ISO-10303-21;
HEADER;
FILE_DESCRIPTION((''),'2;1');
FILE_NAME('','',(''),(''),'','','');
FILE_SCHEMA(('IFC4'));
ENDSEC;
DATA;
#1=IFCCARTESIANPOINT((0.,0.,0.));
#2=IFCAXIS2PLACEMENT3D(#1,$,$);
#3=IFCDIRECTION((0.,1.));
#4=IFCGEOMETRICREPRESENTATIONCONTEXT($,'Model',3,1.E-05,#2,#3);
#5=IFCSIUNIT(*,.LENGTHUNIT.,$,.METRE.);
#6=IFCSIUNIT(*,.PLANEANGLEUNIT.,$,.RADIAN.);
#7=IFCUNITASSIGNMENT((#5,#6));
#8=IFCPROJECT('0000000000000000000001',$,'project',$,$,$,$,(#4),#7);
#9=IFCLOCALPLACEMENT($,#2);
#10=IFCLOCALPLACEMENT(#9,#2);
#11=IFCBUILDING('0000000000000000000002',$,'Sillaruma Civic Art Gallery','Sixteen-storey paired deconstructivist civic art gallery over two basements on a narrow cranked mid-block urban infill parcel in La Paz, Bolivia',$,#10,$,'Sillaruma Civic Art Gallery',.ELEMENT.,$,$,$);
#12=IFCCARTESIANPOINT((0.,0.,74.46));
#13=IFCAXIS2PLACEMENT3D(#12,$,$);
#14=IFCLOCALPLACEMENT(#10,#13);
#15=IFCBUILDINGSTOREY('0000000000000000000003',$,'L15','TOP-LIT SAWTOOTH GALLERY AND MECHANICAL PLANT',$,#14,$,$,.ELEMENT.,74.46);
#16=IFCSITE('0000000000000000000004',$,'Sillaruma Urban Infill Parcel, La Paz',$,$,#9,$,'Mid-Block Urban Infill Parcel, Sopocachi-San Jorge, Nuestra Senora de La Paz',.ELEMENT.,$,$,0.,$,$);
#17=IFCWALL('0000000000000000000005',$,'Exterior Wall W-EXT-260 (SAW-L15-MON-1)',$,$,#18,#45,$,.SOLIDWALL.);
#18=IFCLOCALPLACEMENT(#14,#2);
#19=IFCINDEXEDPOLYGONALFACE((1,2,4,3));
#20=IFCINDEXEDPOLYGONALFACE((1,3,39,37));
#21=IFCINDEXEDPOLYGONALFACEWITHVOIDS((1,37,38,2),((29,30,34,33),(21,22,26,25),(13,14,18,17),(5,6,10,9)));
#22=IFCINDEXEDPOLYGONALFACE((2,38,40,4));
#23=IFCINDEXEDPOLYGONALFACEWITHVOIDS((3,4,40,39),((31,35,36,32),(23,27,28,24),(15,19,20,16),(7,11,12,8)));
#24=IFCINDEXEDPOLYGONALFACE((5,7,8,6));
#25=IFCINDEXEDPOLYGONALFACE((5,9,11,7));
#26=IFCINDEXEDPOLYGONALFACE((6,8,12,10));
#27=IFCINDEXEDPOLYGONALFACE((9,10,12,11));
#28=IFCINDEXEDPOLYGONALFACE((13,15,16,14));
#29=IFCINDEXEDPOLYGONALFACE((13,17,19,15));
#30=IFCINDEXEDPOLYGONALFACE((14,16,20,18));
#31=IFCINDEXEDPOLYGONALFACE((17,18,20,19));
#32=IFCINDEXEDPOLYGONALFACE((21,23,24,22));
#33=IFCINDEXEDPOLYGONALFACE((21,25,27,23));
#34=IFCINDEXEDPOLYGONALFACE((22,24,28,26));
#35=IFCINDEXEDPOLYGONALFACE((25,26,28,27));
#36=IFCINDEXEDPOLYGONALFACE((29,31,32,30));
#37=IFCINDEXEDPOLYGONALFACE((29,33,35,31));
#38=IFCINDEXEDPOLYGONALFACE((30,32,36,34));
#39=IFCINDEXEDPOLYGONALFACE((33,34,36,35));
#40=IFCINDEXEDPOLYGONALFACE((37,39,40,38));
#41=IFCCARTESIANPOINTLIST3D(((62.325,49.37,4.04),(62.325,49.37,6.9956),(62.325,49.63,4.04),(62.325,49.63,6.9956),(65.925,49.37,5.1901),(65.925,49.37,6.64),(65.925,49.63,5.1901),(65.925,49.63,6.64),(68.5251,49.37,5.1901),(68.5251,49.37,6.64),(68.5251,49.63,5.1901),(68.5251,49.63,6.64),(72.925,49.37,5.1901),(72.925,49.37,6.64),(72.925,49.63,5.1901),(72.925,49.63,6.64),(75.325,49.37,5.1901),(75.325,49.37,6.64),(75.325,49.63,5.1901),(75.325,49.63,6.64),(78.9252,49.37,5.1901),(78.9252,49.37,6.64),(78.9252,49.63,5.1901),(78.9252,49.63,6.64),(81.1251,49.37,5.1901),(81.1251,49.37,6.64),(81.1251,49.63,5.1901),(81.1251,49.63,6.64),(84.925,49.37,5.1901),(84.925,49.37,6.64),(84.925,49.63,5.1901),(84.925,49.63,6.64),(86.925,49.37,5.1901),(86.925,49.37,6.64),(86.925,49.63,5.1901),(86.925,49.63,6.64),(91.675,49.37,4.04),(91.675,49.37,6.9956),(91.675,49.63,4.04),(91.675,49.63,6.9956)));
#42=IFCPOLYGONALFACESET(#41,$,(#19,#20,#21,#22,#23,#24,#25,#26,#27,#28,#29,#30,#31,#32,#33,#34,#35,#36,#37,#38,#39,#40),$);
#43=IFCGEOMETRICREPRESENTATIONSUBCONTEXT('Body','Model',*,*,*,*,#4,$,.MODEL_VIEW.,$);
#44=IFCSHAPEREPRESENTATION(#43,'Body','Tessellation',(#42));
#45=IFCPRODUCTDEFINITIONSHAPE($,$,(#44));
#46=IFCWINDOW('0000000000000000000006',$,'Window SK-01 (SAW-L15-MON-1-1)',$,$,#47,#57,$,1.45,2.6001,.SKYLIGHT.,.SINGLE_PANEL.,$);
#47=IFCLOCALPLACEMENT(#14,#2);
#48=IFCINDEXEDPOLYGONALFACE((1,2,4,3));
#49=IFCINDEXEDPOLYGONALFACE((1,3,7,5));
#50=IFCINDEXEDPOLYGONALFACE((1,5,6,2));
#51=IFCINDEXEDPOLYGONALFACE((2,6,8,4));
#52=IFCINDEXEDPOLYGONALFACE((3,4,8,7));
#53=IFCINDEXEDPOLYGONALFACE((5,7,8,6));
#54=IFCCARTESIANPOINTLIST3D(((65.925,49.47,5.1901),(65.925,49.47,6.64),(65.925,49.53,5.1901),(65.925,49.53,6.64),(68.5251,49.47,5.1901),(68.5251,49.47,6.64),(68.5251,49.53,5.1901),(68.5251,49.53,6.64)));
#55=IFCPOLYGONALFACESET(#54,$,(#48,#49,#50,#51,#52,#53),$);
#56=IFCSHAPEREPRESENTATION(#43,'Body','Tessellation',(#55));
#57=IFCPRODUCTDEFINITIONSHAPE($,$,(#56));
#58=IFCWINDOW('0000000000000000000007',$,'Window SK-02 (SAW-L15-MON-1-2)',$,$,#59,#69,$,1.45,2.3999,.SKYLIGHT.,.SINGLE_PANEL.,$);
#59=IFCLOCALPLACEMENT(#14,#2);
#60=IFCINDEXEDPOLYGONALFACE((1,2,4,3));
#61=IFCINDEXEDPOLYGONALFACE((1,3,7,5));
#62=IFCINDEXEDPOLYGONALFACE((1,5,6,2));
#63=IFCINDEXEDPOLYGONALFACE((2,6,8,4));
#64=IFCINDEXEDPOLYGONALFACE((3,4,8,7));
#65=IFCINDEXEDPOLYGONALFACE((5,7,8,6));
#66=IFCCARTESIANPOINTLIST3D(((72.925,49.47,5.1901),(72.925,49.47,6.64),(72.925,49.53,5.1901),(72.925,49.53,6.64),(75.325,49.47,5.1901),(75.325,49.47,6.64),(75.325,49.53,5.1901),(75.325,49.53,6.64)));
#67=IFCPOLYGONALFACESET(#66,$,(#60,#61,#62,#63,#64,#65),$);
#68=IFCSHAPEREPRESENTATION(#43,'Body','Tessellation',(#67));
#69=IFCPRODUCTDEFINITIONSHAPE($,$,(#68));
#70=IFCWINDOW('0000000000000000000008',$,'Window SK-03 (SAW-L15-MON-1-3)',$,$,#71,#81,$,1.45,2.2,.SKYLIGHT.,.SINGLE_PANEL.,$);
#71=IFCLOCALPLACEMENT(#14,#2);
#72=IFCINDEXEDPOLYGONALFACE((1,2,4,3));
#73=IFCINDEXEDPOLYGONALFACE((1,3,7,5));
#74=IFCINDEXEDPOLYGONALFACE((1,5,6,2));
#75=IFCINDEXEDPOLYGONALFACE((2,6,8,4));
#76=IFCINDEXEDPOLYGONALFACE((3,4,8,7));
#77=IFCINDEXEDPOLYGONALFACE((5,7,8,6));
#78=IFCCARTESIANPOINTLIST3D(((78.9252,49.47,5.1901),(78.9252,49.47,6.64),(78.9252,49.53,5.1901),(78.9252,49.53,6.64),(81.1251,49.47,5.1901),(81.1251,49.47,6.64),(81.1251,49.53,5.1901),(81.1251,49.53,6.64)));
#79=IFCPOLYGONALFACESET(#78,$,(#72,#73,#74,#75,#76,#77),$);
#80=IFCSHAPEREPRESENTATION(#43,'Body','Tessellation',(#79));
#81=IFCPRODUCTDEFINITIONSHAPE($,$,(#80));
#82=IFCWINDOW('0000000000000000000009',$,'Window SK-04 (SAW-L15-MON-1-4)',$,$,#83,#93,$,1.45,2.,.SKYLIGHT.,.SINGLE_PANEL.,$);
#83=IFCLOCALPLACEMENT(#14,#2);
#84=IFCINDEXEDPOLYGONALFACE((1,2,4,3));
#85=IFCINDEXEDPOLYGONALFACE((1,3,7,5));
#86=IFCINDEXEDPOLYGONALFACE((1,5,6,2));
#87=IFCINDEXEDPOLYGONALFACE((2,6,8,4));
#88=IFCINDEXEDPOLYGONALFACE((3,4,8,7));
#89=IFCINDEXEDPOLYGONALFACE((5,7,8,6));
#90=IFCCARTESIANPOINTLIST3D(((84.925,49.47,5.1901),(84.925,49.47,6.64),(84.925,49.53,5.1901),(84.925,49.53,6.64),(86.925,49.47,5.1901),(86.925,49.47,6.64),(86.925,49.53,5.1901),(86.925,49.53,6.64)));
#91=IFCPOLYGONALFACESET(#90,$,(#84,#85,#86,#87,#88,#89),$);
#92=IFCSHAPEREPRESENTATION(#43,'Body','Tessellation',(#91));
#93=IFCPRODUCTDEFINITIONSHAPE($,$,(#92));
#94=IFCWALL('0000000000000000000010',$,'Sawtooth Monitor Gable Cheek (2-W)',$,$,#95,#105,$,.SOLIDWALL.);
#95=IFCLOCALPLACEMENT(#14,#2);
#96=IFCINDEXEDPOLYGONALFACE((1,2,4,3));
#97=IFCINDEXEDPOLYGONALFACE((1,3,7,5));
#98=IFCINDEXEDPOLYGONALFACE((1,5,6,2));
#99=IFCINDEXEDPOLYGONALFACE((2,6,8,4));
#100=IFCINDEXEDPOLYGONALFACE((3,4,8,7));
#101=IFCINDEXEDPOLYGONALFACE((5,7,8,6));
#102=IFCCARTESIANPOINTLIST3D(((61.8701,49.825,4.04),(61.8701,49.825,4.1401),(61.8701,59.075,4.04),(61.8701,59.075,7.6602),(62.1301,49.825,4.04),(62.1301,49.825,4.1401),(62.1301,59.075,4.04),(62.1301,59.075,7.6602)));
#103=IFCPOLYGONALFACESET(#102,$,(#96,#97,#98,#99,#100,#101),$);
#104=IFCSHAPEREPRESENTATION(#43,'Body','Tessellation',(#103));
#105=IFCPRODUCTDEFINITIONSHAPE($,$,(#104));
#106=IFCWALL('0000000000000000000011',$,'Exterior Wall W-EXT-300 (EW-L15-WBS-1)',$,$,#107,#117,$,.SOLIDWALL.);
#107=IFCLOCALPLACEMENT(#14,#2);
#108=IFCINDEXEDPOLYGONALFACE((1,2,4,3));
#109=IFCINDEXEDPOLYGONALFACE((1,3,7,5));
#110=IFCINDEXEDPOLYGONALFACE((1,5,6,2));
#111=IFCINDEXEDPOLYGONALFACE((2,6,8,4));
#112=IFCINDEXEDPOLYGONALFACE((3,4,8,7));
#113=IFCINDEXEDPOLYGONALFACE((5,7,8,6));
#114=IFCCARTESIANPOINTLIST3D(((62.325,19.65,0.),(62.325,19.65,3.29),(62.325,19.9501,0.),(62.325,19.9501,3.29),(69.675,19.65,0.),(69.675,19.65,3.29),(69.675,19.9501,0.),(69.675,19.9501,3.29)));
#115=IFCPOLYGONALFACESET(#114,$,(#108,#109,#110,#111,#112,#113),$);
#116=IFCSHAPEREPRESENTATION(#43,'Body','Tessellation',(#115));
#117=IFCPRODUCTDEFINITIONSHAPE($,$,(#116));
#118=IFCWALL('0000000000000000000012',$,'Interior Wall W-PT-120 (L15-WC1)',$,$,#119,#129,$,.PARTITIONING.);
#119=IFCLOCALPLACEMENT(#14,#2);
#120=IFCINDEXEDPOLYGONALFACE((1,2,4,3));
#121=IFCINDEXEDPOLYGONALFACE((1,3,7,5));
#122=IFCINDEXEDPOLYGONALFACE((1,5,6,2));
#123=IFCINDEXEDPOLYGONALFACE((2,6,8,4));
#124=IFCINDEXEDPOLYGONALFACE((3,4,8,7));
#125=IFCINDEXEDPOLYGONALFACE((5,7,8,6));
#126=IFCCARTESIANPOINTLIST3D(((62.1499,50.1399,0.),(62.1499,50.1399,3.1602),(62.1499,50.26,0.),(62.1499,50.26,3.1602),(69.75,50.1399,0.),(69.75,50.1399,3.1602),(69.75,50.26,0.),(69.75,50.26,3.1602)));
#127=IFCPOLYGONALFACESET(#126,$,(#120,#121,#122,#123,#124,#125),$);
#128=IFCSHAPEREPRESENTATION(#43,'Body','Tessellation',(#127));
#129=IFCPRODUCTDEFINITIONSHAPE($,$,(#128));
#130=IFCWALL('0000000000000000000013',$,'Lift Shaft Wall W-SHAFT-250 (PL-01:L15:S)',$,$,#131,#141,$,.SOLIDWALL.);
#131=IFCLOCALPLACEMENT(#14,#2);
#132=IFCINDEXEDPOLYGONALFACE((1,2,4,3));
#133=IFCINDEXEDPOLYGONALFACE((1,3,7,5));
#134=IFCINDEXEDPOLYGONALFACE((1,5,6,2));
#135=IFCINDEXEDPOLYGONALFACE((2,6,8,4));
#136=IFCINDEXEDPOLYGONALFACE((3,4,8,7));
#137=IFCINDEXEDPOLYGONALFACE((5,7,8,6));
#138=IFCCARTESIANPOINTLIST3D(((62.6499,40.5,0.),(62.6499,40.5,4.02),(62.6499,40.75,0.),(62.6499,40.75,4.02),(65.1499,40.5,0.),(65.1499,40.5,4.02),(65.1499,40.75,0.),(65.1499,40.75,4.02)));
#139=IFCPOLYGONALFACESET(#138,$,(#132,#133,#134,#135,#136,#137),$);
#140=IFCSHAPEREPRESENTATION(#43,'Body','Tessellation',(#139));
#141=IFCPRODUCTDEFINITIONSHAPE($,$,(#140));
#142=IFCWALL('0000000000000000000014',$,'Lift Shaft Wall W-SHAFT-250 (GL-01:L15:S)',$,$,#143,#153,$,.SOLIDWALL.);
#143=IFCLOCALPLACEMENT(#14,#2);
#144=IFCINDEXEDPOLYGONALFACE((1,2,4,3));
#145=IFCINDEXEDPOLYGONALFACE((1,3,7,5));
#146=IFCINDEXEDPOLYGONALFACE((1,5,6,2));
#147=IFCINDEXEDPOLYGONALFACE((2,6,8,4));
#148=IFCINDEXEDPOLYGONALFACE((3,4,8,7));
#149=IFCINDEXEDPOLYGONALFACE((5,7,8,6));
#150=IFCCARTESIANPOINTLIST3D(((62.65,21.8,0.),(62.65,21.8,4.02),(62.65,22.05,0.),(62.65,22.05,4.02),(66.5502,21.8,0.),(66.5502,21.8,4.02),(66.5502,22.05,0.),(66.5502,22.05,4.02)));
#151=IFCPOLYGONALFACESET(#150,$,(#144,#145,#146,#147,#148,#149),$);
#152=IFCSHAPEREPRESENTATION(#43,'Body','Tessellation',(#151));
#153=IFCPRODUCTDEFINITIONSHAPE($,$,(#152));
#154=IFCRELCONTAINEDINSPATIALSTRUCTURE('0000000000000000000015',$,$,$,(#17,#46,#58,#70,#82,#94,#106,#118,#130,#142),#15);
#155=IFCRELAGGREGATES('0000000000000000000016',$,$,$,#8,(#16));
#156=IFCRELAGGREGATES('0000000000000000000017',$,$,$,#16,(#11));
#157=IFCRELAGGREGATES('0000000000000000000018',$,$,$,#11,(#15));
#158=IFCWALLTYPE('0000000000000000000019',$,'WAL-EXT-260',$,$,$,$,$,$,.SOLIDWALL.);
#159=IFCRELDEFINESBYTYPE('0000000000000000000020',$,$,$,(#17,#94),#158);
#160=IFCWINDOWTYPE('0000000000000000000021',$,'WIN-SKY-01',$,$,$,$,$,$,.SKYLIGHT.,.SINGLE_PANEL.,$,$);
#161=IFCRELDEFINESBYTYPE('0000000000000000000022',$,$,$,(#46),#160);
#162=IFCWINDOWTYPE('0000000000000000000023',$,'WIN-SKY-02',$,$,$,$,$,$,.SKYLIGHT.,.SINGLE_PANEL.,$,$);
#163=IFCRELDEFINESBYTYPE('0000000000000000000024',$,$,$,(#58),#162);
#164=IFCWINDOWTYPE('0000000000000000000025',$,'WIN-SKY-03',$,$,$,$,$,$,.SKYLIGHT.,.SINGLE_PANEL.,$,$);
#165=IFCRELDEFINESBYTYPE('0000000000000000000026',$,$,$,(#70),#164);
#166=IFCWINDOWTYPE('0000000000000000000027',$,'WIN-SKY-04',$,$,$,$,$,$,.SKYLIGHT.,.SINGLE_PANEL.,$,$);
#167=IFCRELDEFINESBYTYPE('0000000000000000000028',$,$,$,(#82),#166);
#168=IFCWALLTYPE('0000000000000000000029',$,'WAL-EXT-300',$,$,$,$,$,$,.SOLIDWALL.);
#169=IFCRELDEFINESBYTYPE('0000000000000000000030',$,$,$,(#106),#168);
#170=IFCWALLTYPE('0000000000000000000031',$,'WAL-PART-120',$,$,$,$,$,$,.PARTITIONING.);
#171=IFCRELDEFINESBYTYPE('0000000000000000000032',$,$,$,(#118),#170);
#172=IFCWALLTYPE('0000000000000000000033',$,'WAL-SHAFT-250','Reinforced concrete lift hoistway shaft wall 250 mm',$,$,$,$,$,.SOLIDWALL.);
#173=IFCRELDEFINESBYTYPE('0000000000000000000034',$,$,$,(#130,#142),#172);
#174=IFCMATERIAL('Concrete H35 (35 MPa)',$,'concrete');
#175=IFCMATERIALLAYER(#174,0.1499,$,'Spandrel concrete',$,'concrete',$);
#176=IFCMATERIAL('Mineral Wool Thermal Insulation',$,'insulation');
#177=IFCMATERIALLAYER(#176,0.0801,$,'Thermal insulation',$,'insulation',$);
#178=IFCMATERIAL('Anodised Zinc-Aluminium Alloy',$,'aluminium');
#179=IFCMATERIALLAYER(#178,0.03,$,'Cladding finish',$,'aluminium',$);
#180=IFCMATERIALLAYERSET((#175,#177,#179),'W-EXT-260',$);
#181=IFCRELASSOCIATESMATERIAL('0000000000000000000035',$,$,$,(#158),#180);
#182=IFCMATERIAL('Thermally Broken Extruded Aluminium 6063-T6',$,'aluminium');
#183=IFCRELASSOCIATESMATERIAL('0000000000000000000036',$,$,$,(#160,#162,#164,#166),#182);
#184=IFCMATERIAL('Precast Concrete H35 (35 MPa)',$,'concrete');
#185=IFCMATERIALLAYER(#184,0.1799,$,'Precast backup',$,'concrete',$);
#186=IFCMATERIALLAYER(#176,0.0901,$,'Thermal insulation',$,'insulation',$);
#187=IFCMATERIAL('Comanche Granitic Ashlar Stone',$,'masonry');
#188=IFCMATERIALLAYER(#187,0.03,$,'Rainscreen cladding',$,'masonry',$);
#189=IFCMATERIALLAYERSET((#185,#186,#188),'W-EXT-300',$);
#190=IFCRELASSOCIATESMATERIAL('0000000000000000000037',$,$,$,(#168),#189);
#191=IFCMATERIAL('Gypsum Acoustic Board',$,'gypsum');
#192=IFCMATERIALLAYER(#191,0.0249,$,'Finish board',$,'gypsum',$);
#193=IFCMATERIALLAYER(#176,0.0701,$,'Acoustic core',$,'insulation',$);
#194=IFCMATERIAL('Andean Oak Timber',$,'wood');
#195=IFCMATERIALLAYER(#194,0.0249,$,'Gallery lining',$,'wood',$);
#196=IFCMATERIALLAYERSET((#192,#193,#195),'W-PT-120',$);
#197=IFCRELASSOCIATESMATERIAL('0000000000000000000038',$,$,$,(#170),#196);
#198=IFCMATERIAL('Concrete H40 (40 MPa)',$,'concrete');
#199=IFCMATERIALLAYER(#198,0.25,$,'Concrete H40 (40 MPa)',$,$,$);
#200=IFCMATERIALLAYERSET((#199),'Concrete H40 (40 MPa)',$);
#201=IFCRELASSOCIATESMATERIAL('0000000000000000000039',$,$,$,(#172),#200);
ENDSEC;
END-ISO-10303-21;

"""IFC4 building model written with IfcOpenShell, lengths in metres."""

from ifc_helpers import new_model, si_unit, direction, frame, frame_2d, origin, place, context, subcontext, project, spatial, polyline, rectangle, outline, extrude, material, layer, layer_set, type_object, element, fill, save


model = new_model("IFC4")

# Units and contexts
model_context = context("Model", 3, precision=1e-05, world=origin(), true_north=direction((0.0, 1.0)))
body_context = subcontext(model_context, "Body", "Model", "MODEL_VIEW")
ifc_project = project(units=[si_unit("LENGTHUNIT", "METRE"), si_unit("PLANEANGLEUNIT", "RADIAN")], contexts=[model_context])

# Site, building, storey
site_placement = place(None, origin())
site = spatial("IfcSite", under=ifc_project, at=site_placement, Name="Sillaruma Urban Infill Parcel, La Paz", LongName="Mid-Block Urban Infill Parcel, Sopocachi-San Jorge, Nuestra Senora de La Paz", CompositionType="ELEMENT", RefElevation=0.0)
building_placement = place(site_placement, origin())
building = spatial("IfcBuilding", under=site, at=building_placement, Name="Sillaruma Civic Art Gallery", Description="Sixteen-storey paired deconstructivist civic art gallery over two basements on a narrow cranked mid-block urban infill parcel in La Paz, Bolivia", LongName="Sillaruma Civic Art Gallery", CompositionType="ELEMENT")
storey_placement = place(building_placement, frame((0.0, 0.0, 74.46)))
storey = spatial("IfcBuildingStorey", under=building, at=storey_placement, Name="L15", Description="TOP-LIT SAWTOOTH GALLERY AND MECHANICAL PLANT", CompositionType="ELEMENT", Elevation=74.46)

# Shared definitions
ifc_material_1 = material(Name="Thermally Broken Extruded Aluminium 6063-T6", Category="aluminium")

# Shared definitions
ifc_material_2 = material(Name="Concrete H35 (35 MPa)", Category="concrete")

# Shared definitions
ifc_material_3 = material(Name="Concrete H40 (40 MPa)", Category="concrete")

# Shared definitions
ifc_layer_1 = layer(ifc_material_2, 0.1499, Name="Spandrel concrete", Category="concrete")
ifc_material_4 = material(Name="Mineral Wool Thermal Insulation", Category="insulation")
ifc_layer_2 = layer(ifc_material_4, 0.0801, Name="Thermal insulation", Category="insulation")
ifc_material_5 = material(Name="Anodised Zinc-Aluminium Alloy", Category="aluminium")
ifc_layer_3 = layer(ifc_material_5, 0.03, Name="Cladding finish", Category="aluminium")
ifc_layer_set_1 = layer_set([ifc_layer_1, ifc_layer_2, ifc_layer_3], Name="W-EXT-260")
wall_type_1 = type_object("IfcWallType", Name="WAL-EXT-260", PredefinedType="SOLIDWALL", material=ifc_layer_set_1)

# Wall, openings, windows
wall_1_placement = place(storey_placement, frame((62.325, 49.5, 4.04), z_axis=(0.0, 0.0, 1.0), x_axis=(1.0, 0.0, 0.0)))
wall_1 = element("IfcWall", 1, at=wall_1_placement, inside=storey, type_object=wall_type_1, Name="Exterior Wall W-EXT-260 (SAW-L15-MON-1)", PredefinedType="SOLIDWALL", context=body_context, shape_type="SweptSolid", body=[
    extrude(rectangle(XDim=29.3501, YDim=0.26, at=frame_2d((14.675, 0.0))), origin(), (0.0, 0.0, 1.0), 2.9556),
])
opening_1_placement = place(wall_1_placement, frame((3.6001, 0.0, 1.1499)))
opening_1 = element("IfcOpeningElement", 2, at=opening_1_placement, cuts=wall_1, PredefinedType="OPENING", context=body_context, shape_type="SweptSolid", body=[
    extrude(rectangle(XDim=2.6001, YDim=1.45, at=frame_2d((1.3, 0.7251))), frame((0.0, 0.1399, 0.0), z_axis=(0.0, -1.0, 0.0), x_axis=(1.0, 0.0, 0.0)), (0.0, 0.0, 1.0), 0.28),
])
opening_2_placement = place(wall_1_placement, frame((10.6001, 0.0, 1.1499)))
opening_2 = element("IfcOpeningElement", 3, at=opening_2_placement, cuts=wall_1, PredefinedType="OPENING", context=body_context, shape_type="SweptSolid", body=[
    extrude(rectangle(XDim=2.3999, YDim=1.45, at=frame_2d((1.2, 0.7251))), frame((0.0, 0.1399, 0.0), z_axis=(0.0, -1.0, 0.0), x_axis=(1.0, 0.0, 0.0)), (0.0, 0.0, 1.0), 0.28),
])
opening_3_placement = place(wall_1_placement, frame((16.6001, 0.0, 1.1499)))
opening_3 = element("IfcOpeningElement", 4, at=opening_3_placement, cuts=wall_1, PredefinedType="OPENING", context=body_context, shape_type="SweptSolid", body=[
    extrude(rectangle(XDim=2.2, YDim=1.45, at=frame_2d((1.1001, 0.7251))), frame((0.0, 0.1399, 0.0), z_axis=(0.0, -1.0, 0.0), x_axis=(1.0, 0.0, 0.0)), (0.0, 0.0, 1.0), 0.28),
])
opening_4_placement = place(wall_1_placement, frame((22.6001, 0.0, 1.1499)))
opening_4 = element("IfcOpeningElement", 5, at=opening_4_placement, cuts=wall_1, PredefinedType="OPENING", context=body_context, shape_type="SweptSolid", body=[
    extrude(rectangle(XDim=2.0, YDim=1.45, at=frame_2d((1.0, 0.7251))), frame((0.0, 0.1399, 0.0), z_axis=(0.0, -1.0, 0.0), x_axis=(1.0, 0.0, 0.0)), (0.0, 0.0, 1.0), 0.28),
])
window_type_1 = type_object("IfcWindowType", Name="WIN-SKY-01", PartitioningType="SINGLE_PANEL", PredefinedType="SKYLIGHT", material=ifc_material_1)
window_1_placement = place(opening_1_placement, origin())
window_1 = element("IfcWindow", 6, at=window_1_placement, inside=storey, type_object=window_type_1, Name="Window SK-01 (SAW-L15-MON-1-1)", OverallHeight=1.45, OverallWidth=2.6001, PartitioningType="SINGLE_PANEL", PredefinedType="SKYLIGHT", context=body_context, shape_type="SweptSolid", body=[
    extrude(rectangle(XDim=2.6001, YDim=1.45, at=frame_2d((1.3, 0.7251))), frame((0.0, 0.03, 0.0), z_axis=(0.0, -1.0, 0.0), x_axis=(1.0, 0.0, 0.0)), (0.0, 0.0, 1.0), 0.0601),
])
fill(opening_1, window_1)
window_type_2 = type_object("IfcWindowType", Name="WIN-SKY-02", PartitioningType="SINGLE_PANEL", PredefinedType="SKYLIGHT", material=ifc_material_1)
window_2_placement = place(opening_2_placement, origin())
window_2 = element("IfcWindow", 7, at=window_2_placement, inside=storey, type_object=window_type_2, Name="Window SK-02 (SAW-L15-MON-1-2)", OverallHeight=1.45, OverallWidth=2.3999, PartitioningType="SINGLE_PANEL", PredefinedType="SKYLIGHT", context=body_context, shape_type="SweptSolid", body=[
    extrude(rectangle(XDim=2.3999, YDim=1.45, at=frame_2d((1.2, 0.7251))), frame((0.0, 0.03, 0.0), z_axis=(0.0, -1.0, 0.0), x_axis=(1.0, 0.0, 0.0)), (0.0, 0.0, 1.0), 0.0601),
])
fill(opening_2, window_2)
window_type_3 = type_object("IfcWindowType", Name="WIN-SKY-03", PartitioningType="SINGLE_PANEL", PredefinedType="SKYLIGHT", material=ifc_material_1)
window_3_placement = place(opening_3_placement, origin())
window_3 = element("IfcWindow", 8, at=window_3_placement, inside=storey, type_object=window_type_3, Name="Window SK-03 (SAW-L15-MON-1-3)", OverallHeight=1.45, OverallWidth=2.2, PartitioningType="SINGLE_PANEL", PredefinedType="SKYLIGHT", context=body_context, shape_type="SweptSolid", body=[
    extrude(rectangle(XDim=2.2, YDim=1.45, at=frame_2d((1.1001, 0.7251))), frame((0.0, 0.03, 0.0), z_axis=(0.0, -1.0, 0.0), x_axis=(1.0, 0.0, 0.0)), (0.0, 0.0, 1.0), 0.0601),
])
fill(opening_3, window_3)
window_type_4 = type_object("IfcWindowType", Name="WIN-SKY-04", PartitioningType="SINGLE_PANEL", PredefinedType="SKYLIGHT", material=ifc_material_1)
window_4_placement = place(opening_4_placement, origin())
window_4 = element("IfcWindow", 9, at=window_4_placement, inside=storey, type_object=window_type_4, Name="Window SK-04 (SAW-L15-MON-1-4)", OverallHeight=1.45, OverallWidth=2.0, PartitioningType="SINGLE_PANEL", PredefinedType="SKYLIGHT", context=body_context, shape_type="SweptSolid", body=[
    extrude(rectangle(XDim=2.0, YDim=1.45, at=frame_2d((1.0, 0.7251))), frame((0.0, 0.03, 0.0), z_axis=(0.0, -1.0, 0.0), x_axis=(1.0, 0.0, 0.0)), (0.0, 0.0, 1.0), 0.0601),
])
fill(opening_4, window_4)

# Walls
wall_2_placement = place(storey_placement, frame((62.0, 49.825, 4.04), z_axis=(0.0, 0.0, 1.0), x_axis=(0.0, 1.0, 0.0)))
element("IfcWall", 10, at=wall_2_placement, inside=storey, type_object=wall_type_1, Name="Sawtooth Monitor Gable Cheek (2-W)", PredefinedType="SOLIDWALL", context=body_context, shape_type="SweptSolid", body=[
    extrude(outline(polyline([(0.0, 0.0), (9.25, 0.0), (9.25, 3.6201), (0.0, 0.1001), (0.0, 0.0)])), frame((0.0, 0.1299, 0.0), z_axis=(0.0, -1.0, 0.0), x_axis=(1.0, 0.0, 0.0)), (0.0, 0.0, 1.0), 0.26),
])
ifc_material_6 = material(Name="Precast Concrete H35 (35 MPa)", Category="concrete")
ifc_layer_4 = layer(ifc_material_6, 0.1799, Name="Precast backup", Category="concrete")
ifc_layer_5 = layer(ifc_material_4, 0.0901, Name="Thermal insulation", Category="insulation")
ifc_material_7 = material(Name="Comanche Granitic Ashlar Stone", Category="masonry")
ifc_layer_6 = layer(ifc_material_7, 0.03, Name="Rainscreen cladding", Category="masonry")
ifc_layer_set_2 = layer_set([ifc_layer_4, ifc_layer_5, ifc_layer_6], Name="W-EXT-300")
wall_type_2 = type_object("IfcWallType", Name="WAL-EXT-300", PredefinedType="SOLIDWALL", material=ifc_layer_set_2)
wall_3_placement = place(storey_placement, frame((62.325, 19.8, 0.0), z_axis=(0.0, 0.0, 1.0), x_axis=(1.0, 0.0, 0.0)))
element("IfcWall", 11, at=wall_3_placement, inside=storey, type_object=wall_type_2, Name="Exterior Wall W-EXT-300 (EW-L15-WBS-1)", PredefinedType="SOLIDWALL", context=body_context, shape_type="SweptSolid", body=[
    extrude(rectangle(XDim=7.3501, YDim=0.3, at=frame_2d((3.675, 0.0))), origin(), (0.0, 0.0, 1.0), 3.29),
])
ifc_material_8 = material(Name="Gypsum Acoustic Board", Category="gypsum")
ifc_layer_7 = layer(ifc_material_8, 0.0249, Name="Finish board", Category="gypsum")
ifc_layer_8 = layer(ifc_material_4, 0.0701, Name="Acoustic core", Category="insulation")
ifc_material_9 = material(Name="Andean Oak Timber", Category="wood")
ifc_layer_9 = layer(ifc_material_9, 0.0249, Name="Gallery lining", Category="wood")
ifc_layer_set_3 = layer_set([ifc_layer_7, ifc_layer_8, ifc_layer_9], Name="W-PT-120")
wall_type_3 = type_object("IfcWallType", Name="WAL-PART-120", PredefinedType="PARTITIONING", material=ifc_layer_set_3)
wall_4_placement = place(storey_placement, frame((62.1499, 50.2, 0.0), z_axis=(0.0, 0.0, 1.0), x_axis=(1.0, 0.0, 0.0)))
element("IfcWall", 12, at=wall_4_placement, inside=storey, type_object=wall_type_3, Name="Interior Wall W-PT-120 (L15-WC1)", PredefinedType="PARTITIONING", context=body_context, shape_type="SweptSolid", body=[
    extrude(rectangle(XDim=7.6001, YDim=0.1201, at=frame_2d((3.8, 0.0))), origin(), (0.0, 0.0, 1.0), 3.1602),
])
ifc_layer_10 = layer(ifc_material_3, 0.25, Name="Concrete H40 (40 MPa)")
ifc_layer_set_4 = layer_set([ifc_layer_10], Name="Concrete H40 (40 MPa)")
wall_type_4 = type_object("IfcWallType", Name="WAL-SHAFT-250", Description="Reinforced concrete lift hoistway shaft wall 250 mm", PredefinedType="SOLIDWALL", material=ifc_layer_set_4)
wall_5_placement = place(storey_placement, frame((62.6499, 40.625, 0.0), z_axis=(0.0, 0.0, 1.0), x_axis=(1.0, 0.0, 0.0)))
element("IfcWall", 13, at=wall_5_placement, inside=storey, type_object=wall_type_4, Name="Lift Shaft Wall W-SHAFT-250 (PL-01:L15:S)", PredefinedType="SOLIDWALL", context=body_context, shape_type="SweptSolid", body=[
    extrude(rectangle(XDim=2.5, YDim=0.25, at=frame_2d((1.25, 0.0))), origin(), (0.0, 0.0, 1.0), 4.02),
])
for number, where, z_axis, x_axis, name in (
    (14, (62.6499, 21.925, 0.0), (0.0, 0.0, 1.0), (1.0, 0.0, 0.0), "Lift Shaft Wall W-SHAFT-250 (GL-01:L15:S)"),
):
    element("IfcWall", number, at=place(storey_placement, frame(where, z_axis=z_axis, x_axis=x_axis)), inside=storey, type_object=wall_type_4, Name=name, PredefinedType="SOLIDWALL", context=body_context, shape_type="SweptSolid", body=[
        extrude(rectangle(XDim=3.9001, YDim=0.25, at=frame_2d((1.9502, 0.0))), origin(), (0.0, 0.0, 1.0), 4.02),
    ])

save(model, "model.ifc")
